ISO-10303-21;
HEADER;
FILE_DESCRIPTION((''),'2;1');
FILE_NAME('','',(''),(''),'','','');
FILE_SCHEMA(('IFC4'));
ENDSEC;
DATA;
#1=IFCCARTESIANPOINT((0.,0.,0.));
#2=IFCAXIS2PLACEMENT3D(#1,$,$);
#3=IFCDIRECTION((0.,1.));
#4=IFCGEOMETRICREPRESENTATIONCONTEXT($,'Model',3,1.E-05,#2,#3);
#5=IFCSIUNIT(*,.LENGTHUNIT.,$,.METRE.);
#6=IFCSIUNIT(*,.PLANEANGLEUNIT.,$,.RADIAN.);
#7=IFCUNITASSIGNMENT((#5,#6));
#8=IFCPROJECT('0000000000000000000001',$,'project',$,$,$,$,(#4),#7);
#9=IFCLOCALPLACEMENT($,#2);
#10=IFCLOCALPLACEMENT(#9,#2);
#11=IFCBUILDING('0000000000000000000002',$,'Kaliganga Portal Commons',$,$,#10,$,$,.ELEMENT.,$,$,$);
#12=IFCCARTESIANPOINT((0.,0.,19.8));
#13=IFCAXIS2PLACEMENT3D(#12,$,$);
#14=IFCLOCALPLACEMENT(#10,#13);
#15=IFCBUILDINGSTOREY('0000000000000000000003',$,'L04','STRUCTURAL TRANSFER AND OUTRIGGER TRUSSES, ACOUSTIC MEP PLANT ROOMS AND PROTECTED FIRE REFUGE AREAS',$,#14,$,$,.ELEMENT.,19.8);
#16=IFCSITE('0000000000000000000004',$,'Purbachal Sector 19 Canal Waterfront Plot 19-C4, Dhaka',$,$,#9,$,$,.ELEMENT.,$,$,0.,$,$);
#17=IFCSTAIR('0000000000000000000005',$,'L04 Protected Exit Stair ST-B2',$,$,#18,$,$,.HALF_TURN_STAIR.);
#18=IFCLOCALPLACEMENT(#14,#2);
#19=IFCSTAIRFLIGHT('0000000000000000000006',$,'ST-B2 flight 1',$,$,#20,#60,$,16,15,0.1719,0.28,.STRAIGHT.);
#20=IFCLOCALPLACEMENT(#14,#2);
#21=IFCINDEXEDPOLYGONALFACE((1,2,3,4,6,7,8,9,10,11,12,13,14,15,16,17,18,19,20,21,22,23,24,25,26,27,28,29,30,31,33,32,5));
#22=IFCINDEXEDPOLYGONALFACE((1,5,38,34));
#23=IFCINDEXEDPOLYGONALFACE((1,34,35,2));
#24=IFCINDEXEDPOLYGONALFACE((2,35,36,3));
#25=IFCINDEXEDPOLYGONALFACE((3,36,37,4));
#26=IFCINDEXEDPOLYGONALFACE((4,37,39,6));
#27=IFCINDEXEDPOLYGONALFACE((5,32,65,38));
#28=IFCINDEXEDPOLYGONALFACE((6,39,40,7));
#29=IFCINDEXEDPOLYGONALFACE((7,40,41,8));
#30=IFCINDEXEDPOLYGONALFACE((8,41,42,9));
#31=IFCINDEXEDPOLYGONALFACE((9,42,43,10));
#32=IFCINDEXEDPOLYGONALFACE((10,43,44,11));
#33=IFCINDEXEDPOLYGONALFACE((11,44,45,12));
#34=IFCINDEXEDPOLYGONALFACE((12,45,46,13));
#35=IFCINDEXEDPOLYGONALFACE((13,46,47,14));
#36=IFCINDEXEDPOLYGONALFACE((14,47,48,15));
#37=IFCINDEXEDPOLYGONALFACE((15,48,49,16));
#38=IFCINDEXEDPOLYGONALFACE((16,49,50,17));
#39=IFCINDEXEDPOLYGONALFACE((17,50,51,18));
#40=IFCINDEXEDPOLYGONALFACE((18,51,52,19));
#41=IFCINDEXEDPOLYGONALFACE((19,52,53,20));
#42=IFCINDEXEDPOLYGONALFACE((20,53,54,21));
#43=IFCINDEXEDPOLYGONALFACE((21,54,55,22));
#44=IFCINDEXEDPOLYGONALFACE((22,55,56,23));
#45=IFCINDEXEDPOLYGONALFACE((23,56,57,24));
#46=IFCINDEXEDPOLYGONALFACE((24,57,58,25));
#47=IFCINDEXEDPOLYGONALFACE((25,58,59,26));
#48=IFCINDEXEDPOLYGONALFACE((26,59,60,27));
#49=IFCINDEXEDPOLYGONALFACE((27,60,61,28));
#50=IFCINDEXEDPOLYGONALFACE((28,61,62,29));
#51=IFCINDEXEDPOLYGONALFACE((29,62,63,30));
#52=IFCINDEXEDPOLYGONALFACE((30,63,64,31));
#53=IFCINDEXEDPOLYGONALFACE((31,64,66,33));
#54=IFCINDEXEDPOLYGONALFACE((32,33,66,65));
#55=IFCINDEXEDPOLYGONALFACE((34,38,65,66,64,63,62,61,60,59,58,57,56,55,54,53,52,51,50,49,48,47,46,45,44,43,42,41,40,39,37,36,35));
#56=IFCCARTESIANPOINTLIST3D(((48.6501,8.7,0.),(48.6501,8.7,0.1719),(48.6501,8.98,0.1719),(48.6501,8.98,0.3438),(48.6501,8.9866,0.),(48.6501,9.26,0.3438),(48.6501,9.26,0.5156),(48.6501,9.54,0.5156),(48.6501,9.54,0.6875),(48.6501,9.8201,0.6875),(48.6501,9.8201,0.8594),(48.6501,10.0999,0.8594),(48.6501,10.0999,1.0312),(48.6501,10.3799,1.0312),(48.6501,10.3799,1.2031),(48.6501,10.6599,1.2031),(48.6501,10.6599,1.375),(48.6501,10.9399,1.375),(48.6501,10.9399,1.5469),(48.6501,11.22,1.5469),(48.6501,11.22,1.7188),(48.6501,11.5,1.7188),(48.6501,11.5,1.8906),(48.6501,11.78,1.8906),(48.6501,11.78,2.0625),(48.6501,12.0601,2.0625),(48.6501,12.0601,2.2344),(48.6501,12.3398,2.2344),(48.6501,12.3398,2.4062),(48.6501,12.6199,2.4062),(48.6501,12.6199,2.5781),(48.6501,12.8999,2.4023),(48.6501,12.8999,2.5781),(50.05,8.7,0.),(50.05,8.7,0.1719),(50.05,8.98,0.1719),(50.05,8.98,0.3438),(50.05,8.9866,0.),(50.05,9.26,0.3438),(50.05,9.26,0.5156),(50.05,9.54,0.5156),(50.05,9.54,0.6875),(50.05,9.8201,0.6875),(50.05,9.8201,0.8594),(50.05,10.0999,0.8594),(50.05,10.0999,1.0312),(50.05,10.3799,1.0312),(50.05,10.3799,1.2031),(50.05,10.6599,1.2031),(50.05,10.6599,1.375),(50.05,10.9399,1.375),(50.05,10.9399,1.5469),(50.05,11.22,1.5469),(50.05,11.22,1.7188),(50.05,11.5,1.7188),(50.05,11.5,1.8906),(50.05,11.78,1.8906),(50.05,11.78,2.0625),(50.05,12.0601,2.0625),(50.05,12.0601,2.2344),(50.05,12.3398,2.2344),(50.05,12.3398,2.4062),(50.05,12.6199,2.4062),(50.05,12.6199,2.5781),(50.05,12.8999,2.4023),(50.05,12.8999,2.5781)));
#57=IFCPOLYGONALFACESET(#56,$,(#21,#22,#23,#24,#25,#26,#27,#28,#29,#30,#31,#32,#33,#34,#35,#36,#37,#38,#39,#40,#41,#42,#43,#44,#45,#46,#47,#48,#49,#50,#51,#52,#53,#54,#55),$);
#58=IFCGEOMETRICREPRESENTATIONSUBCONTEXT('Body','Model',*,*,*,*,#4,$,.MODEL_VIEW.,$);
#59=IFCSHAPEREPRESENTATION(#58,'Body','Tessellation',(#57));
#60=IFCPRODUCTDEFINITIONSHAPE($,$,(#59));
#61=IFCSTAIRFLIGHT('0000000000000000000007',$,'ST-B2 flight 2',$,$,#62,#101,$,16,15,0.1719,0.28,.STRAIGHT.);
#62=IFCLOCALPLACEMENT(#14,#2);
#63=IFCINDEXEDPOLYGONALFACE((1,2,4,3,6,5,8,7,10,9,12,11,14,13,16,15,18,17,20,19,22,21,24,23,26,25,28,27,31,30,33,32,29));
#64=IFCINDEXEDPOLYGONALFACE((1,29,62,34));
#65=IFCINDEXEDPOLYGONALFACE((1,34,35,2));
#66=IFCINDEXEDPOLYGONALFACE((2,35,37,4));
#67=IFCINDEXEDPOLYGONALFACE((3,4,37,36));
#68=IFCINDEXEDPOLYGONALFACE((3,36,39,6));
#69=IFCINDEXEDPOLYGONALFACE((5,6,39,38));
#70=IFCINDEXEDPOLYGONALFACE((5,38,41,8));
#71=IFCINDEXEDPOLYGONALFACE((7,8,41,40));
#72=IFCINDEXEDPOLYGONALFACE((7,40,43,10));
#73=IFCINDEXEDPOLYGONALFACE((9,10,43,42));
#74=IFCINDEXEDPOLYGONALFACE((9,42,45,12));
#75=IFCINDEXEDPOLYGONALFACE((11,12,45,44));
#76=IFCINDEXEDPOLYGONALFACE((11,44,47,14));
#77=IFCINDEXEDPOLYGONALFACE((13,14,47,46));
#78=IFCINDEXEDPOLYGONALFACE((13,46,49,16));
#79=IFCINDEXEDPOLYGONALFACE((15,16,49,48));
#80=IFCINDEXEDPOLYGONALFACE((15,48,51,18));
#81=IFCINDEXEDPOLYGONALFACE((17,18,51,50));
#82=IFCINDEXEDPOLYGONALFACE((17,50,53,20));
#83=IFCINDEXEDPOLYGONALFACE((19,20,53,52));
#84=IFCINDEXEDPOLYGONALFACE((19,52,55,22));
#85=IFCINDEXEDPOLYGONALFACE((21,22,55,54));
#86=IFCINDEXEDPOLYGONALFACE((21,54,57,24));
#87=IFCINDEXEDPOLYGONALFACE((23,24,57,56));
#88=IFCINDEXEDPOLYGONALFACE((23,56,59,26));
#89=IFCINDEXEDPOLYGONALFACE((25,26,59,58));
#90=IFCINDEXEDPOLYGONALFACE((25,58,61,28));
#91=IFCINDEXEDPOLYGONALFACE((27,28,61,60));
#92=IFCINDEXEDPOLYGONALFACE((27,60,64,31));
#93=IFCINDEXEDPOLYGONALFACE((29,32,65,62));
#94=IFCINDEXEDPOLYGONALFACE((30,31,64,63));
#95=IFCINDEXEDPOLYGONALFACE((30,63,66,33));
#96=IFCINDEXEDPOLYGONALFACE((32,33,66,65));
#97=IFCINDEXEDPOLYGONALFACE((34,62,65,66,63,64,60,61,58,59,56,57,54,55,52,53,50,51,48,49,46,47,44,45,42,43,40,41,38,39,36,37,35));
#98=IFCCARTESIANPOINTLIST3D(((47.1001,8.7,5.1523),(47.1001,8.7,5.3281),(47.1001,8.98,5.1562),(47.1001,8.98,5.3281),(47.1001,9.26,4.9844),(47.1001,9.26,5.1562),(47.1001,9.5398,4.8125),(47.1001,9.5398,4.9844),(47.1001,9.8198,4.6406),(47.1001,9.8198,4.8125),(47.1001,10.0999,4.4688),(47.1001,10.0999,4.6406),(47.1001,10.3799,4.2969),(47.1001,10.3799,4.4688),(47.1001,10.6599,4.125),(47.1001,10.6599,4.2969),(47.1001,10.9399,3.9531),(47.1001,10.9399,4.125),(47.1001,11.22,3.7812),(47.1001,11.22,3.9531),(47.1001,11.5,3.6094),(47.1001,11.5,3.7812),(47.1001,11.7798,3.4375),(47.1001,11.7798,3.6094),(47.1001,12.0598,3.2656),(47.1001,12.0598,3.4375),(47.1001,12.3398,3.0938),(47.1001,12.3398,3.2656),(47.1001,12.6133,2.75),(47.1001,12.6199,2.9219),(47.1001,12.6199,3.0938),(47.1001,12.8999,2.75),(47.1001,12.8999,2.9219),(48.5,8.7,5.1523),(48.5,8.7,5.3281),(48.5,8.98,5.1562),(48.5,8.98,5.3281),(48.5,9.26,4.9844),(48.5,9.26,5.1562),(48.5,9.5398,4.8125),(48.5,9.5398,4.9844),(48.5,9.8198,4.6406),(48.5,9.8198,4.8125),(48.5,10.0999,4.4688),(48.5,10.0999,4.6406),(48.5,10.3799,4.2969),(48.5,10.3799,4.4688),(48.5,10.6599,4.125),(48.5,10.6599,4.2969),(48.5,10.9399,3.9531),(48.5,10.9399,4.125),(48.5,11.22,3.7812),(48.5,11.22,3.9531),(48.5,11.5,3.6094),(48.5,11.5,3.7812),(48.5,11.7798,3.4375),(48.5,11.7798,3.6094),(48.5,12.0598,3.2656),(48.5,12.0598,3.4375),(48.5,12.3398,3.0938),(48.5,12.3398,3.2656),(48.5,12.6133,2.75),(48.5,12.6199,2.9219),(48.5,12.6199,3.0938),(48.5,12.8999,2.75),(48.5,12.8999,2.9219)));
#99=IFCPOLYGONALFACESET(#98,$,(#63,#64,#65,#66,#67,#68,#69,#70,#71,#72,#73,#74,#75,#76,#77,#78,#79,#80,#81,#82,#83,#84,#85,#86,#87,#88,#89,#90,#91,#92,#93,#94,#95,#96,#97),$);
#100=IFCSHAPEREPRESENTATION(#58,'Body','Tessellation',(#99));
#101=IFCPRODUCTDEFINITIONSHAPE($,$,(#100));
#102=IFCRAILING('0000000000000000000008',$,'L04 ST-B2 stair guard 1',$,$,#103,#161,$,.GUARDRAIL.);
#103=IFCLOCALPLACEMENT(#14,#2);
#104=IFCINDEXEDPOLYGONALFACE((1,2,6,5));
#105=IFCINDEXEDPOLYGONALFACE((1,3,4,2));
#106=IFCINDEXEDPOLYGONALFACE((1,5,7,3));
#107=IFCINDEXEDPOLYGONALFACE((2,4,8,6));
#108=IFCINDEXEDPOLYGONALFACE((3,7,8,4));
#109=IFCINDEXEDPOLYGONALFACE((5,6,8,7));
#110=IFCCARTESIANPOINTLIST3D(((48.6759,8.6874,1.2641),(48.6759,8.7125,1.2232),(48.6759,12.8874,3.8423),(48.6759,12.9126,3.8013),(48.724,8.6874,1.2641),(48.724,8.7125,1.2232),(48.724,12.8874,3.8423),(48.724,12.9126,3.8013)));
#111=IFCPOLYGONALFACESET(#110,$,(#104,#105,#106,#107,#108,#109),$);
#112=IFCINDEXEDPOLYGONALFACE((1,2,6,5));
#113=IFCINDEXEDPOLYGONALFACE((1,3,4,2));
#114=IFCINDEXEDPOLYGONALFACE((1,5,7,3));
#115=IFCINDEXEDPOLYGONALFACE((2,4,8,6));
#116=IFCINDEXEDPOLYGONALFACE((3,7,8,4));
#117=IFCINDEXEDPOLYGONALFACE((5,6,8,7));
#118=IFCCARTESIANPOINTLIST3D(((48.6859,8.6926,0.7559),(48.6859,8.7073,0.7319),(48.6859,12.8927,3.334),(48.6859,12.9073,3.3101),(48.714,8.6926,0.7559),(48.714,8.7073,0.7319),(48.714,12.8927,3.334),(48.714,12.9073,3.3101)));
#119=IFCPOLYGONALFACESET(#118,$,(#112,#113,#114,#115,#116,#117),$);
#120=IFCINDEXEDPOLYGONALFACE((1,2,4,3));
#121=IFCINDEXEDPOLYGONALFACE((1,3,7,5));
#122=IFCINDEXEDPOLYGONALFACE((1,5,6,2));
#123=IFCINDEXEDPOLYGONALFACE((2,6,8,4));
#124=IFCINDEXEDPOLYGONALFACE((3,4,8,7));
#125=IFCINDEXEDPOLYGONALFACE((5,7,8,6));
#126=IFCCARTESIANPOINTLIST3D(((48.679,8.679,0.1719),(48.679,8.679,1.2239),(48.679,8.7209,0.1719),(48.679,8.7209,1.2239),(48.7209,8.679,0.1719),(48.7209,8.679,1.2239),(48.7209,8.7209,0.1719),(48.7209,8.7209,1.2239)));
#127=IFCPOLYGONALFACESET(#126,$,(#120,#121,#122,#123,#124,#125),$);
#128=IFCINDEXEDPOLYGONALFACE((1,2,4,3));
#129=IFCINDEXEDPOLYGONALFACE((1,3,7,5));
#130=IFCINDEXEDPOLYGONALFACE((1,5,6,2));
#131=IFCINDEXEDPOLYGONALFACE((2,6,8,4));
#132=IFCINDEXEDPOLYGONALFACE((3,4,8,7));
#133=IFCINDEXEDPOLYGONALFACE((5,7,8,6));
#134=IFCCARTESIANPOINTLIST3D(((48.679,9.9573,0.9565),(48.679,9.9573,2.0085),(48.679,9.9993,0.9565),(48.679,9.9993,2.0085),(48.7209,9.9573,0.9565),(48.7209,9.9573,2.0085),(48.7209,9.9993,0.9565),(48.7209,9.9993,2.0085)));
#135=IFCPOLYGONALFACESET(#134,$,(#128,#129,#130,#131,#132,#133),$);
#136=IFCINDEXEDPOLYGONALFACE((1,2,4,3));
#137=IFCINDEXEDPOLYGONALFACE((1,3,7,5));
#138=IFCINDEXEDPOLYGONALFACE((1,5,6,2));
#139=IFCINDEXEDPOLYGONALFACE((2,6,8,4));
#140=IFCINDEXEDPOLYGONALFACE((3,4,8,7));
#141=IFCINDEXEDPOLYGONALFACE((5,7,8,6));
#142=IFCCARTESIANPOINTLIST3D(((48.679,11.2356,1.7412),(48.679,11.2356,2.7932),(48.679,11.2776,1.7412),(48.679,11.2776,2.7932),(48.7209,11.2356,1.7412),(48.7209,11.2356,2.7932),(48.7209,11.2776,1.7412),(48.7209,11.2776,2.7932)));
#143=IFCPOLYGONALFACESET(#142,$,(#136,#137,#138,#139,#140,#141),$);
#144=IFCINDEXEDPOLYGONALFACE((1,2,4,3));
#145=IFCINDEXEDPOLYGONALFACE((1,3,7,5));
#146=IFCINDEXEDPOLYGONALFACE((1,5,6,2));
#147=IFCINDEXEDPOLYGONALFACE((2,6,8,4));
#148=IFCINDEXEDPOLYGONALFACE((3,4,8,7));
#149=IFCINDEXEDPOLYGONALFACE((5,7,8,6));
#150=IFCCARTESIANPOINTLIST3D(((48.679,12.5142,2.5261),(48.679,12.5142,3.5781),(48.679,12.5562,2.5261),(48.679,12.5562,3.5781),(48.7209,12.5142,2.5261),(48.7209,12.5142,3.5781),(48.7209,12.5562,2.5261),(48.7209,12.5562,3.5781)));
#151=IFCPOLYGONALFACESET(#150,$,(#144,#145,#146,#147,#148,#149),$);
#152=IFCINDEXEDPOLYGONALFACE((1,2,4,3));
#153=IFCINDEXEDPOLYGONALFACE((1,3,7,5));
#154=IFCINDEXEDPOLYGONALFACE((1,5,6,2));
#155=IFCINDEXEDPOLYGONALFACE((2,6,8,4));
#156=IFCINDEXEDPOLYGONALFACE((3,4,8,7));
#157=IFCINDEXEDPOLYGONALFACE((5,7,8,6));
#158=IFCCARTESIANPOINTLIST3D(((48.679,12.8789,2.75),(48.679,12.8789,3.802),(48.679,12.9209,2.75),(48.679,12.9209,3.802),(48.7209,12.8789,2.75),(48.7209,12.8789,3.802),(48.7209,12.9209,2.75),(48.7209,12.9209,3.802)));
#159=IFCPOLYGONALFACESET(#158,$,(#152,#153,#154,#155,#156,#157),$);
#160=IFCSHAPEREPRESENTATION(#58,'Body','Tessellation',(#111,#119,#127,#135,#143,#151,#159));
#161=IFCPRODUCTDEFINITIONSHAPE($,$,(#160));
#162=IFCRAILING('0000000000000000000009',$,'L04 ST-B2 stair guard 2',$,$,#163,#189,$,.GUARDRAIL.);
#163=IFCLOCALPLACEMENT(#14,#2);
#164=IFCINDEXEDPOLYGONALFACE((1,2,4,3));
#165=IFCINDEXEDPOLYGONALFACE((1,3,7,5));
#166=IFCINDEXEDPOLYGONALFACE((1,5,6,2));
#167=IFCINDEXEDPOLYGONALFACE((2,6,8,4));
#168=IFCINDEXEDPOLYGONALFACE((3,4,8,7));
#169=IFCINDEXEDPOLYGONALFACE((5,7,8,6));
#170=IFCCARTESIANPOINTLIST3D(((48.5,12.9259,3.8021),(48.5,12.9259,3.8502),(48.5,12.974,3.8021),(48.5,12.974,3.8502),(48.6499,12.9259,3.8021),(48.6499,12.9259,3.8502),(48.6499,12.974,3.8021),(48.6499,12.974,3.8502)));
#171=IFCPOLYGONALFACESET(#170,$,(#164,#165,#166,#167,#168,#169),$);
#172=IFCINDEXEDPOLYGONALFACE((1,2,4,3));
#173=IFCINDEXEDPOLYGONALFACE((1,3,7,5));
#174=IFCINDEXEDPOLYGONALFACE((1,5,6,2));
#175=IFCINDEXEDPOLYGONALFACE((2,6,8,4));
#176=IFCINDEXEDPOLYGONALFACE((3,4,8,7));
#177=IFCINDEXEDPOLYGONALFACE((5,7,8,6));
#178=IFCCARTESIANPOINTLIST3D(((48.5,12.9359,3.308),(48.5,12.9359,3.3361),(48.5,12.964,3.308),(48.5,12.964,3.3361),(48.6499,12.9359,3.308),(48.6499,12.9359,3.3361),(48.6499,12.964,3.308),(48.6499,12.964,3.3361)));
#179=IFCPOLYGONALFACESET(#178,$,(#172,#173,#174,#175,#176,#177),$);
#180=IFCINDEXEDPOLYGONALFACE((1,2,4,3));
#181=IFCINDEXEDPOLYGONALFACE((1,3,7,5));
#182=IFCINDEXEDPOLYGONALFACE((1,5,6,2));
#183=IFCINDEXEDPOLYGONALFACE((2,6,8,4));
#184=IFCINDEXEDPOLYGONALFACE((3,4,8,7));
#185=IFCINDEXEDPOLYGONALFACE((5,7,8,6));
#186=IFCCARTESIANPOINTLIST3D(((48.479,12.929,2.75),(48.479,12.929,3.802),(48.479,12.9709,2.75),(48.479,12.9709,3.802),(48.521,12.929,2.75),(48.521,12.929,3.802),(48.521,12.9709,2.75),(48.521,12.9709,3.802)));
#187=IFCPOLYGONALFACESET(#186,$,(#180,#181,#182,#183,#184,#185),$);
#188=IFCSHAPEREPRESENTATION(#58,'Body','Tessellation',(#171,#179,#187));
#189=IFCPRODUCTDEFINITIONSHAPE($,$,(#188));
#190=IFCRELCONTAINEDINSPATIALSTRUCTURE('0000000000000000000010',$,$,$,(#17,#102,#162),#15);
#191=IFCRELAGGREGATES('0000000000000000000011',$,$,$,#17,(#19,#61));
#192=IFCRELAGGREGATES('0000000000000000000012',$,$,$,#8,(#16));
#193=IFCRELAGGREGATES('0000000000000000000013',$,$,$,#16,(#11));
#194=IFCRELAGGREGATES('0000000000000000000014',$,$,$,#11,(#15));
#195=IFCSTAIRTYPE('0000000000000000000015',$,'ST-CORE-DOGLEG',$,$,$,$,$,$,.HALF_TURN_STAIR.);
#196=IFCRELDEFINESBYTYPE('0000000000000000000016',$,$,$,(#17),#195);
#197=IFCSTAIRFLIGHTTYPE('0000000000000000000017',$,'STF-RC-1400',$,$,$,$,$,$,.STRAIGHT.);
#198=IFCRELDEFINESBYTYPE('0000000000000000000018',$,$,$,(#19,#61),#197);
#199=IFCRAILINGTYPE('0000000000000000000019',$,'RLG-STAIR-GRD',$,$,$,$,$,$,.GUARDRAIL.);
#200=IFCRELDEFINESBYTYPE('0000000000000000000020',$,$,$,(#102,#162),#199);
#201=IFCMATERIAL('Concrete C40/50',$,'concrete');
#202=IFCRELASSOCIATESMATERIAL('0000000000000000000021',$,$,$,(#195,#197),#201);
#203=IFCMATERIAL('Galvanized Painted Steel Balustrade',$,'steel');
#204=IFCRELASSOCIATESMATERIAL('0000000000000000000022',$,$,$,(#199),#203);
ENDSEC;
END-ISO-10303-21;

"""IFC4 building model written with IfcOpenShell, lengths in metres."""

from ifc_helpers import new_model, si_unit, direction, frame, origin, origin_2d, place, context, subcontext, project, spatial, polyline, rectangle, outline, extrude, material, type_object, element, aggregate, save


model = new_model("IFC4")

# Units and contexts
model_context = context("Model", 3, precision=1e-05, world=origin(), true_north=direction((0.0, 1.0)))
body_context = subcontext(model_context, "Body", "Model", "MODEL_VIEW")
ifc_project = project(units=[si_unit("LENGTHUNIT", "METRE"), si_unit("PLANEANGLEUNIT", "RADIAN")], contexts=[model_context])

# Site, building, storey
site_placement = place(None, origin())
site = spatial("IfcSite", under=ifc_project, at=site_placement, Name="Purbachal Sector 19 Canal Waterfront Plot 19-C4, Dhaka", CompositionType="ELEMENT", RefElevation=0.0)
building_placement = place(site_placement, origin())
building = spatial("IfcBuilding", under=site, at=building_placement, Name="Kaliganga Portal Commons", CompositionType="ELEMENT")
storey_placement = place(building_placement, frame((0.0, 0.0, 19.8)))
storey = spatial("IfcBuildingStorey", under=building, at=storey_placement, Name="L04", Description="STRUCTURAL TRANSFER AND OUTRIGGER TRUSSES, ACOUSTIC MEP PLANT ROOMS AND PROTECTED FIRE REFUGE AREAS", CompositionType="ELEMENT", Elevation=19.8)

# Stair, stair flights
ifc_material_1 = material(Name="Concrete C40/50", Category="concrete")
stair_type = type_object("IfcStairType", Name="ST-CORE-DOGLEG", PredefinedType="HALF_TURN_STAIR", material=ifc_material_1)
stair_placement = place(storey_placement, origin())
stair = element("IfcStair", 1, at=stair_placement, inside=storey, type_object=stair_type, Name="L04 Protected Exit Stair ST-B2", PredefinedType="HALF_TURN_STAIR")
stair_flight_type = type_object("IfcStairFlightType", Name="STF-RC-1400", PredefinedType="STRAIGHT", material=ifc_material_1)
stair_flight_1_placement = place(storey_placement, frame((49.3501, 8.7, 0.0), z_axis=(0.0, 0.0, 1.0), x_axis=(0.0, 1.0, 0.0)))
stair_flight_1 = element("IfcStairFlight", 2, at=stair_flight_1_placement, type_object=stair_flight_type, Name="ST-B2 flight 1", NumberOfRisers=16, NumberOfTreads=15, PredefinedType="STRAIGHT", RiserHeight=0.1719, TreadLength=0.28, context=body_context, shape_type="SweptSolid", body=[
    extrude(outline(polyline([(0.0, 0.0), (0.0, 0.1719), (0.28, 0.1719), (0.28, 0.3438), (0.5601, 0.3438), (0.5601, 0.5156), (0.8401, 0.5156), (0.8401, 0.6875), (1.1201, 0.6875), (1.1201, 0.8594), (1.3999, 0.8594), (1.3999, 1.0312), (1.6799, 1.0312), (1.6799, 1.2031), (1.96, 1.2031), (1.96, 1.375), (2.24, 1.375), (2.24, 1.5469), (2.52, 1.5469), (2.52, 1.7188), (2.8, 1.7188), (2.8, 1.8906), (3.0801, 1.8906), (3.0801, 2.0625), (3.3601, 2.0625), (3.3601, 2.2344), (3.6399, 2.2344), (3.6399, 2.4062), (3.9199, 2.4062), (3.9199, 2.5781), (4.2, 2.5781), (4.2, 2.75), (4.2, 2.4023), (0.2866, 0.0), (0.0, 0.0)])), frame((0.0, 0.7, 0.0), z_axis=(0.0, -1.0, 0.0), x_axis=(1.0, 0.0, 0.0)), (0.0, 0.0, 1.0), 1.3999),
])
stair_flight_2_placement = place(storey_placement, frame((47.8, 12.8999, 2.75), z_axis=(0.0, 0.0, 1.0), x_axis=(0.0, -1.0, 0.0)))
stair_flight_2 = element("IfcStairFlight", 3, at=stair_flight_2_placement, type_object=stair_flight_type, Name="ST-B2 flight 2", NumberOfRisers=16, NumberOfTreads=15, PredefinedType="STRAIGHT", RiserHeight=0.1719, TreadLength=0.28, context=body_context, shape_type="SweptSolid", body=[
    extrude(outline(polyline([(0.0, 0.0), (0.0, 0.1719), (0.28, 0.1719), (0.28, 0.3438), (0.5601, 0.3438), (0.5601, 0.5156), (0.8401, 0.5156), (0.8401, 0.6875), (1.1201, 0.6875), (1.1201, 0.8594), (1.3999, 0.8594), (1.3999, 1.0312), (1.6799, 1.0312), (1.6799, 1.2031), (1.96, 1.2031), (1.96, 1.375), (2.24, 1.375), (2.24, 1.5469), (2.52, 1.5469), (2.52, 1.7188), (2.8, 1.7188), (2.8, 1.8906), (3.0801, 1.8906), (3.0801, 2.0625), (3.3601, 2.0625), (3.3601, 2.2344), (3.6399, 2.2344), (3.6399, 2.4062), (3.9199, 2.4062), (3.9199, 2.5781), (4.2, 2.5781), (4.2, 2.75), (4.2, 2.4023), (0.2866, 0.0), (0.0, 0.0)])), frame((0.0, 0.7, 0.0), z_axis=(0.0, -1.0, 0.0), x_axis=(1.0, 0.0, 0.0)), (0.0, 0.0, 1.0), 1.3999),
])
aggregate(stair, [stair_flight_1, stair_flight_2])

# Railings
ifc_material_2 = material(Name="Galvanized Painted Steel Balustrade", Category="steel")
railing_type_1 = type_object("IfcRailingType", Name="RLG-STAIR-GRD", PredefinedType="GUARDRAIL", material=ifc_material_2)
railing_1_placement = place(storey_placement, frame((48.7, 8.7, 0.1719)))
element("IfcRailing", 4, at=railing_1_placement, inside=storey, type_object=railing_type_1, Name="L04 ST-B2 stair guard 1", PredefinedType="GUARDRAIL", context=body_context, shape_type="SweptSolid", body=[
    extrude(rectangle(XDim=0.0481, YDim=0.0481, at=origin_2d()), frame((0.0, 0.0, 1.0718), z_axis=(0.0, 0.852243, 0.523146), x_axis=(-1.0, 0.0, 0.0)), (0.0, 0.0, 1.0), 4.9282),
    extrude(rectangle(XDim=0.0281, YDim=0.0281, at=origin_2d()), frame((0.0, 0.0, 0.572), z_axis=(0.0, 0.852243, 0.523146), x_axis=(-1.0, 0.0, 0.0)), (0.0, 0.0, 1.0), 4.9282),
    extrude(rectangle(XDim=0.042, YDim=0.042, at=origin_2d()), origin(), (0.0, 0.0, 1.0), 1.052),
    extrude(rectangle(XDim=0.042, YDim=0.042, at=origin_2d()), frame((0.0, 1.2783, 0.7847)), (0.0, 0.0, 1.0), 1.052),
    extrude(rectangle(XDim=0.042, YDim=0.042, at=origin_2d()), frame((0.0, 2.5566, 1.5693)), (0.0, 0.0, 1.0), 1.052),
    extrude(rectangle(XDim=0.042, YDim=0.042, at=origin_2d()), frame((0.0, 3.8352, 2.3542)), (0.0, 0.0, 1.0), 1.052),
    extrude(rectangle(XDim=0.042, YDim=0.042, at=origin_2d()), frame((0.0, 4.2, 2.5781)), (0.0, 0.0, 1.0), 1.052),
])
railing_2_placement = place(storey_placement, frame((48.6499, 12.95, 2.75)))
element("IfcRailing", 5, at=railing_2_placement, inside=storey, type_object=railing_type_1, Name="L04 ST-B2 stair guard 2", PredefinedType="GUARDRAIL", context=body_context, shape_type="SweptSolid", body=[
    extrude(rectangle(XDim=0.0481, YDim=0.0481, at=origin_2d()), frame((0.0, 0.0, 1.0762), z_axis=(-1.0, 0.0, 0.0), x_axis=(0.0, -1.0, 0.0)), (0.0, 0.0, 1.0), 0.1499),
    extrude(rectangle(XDim=0.0281, YDim=0.0281, at=origin_2d()), frame((0.0, 0.0, 0.572), z_axis=(-1.0, 0.0, 0.0), x_axis=(0.0, -1.0, 0.0)), (0.0, 0.0, 1.0), 0.1499),
    extrude(rectangle(XDim=0.042, YDim=0.042, at=origin_2d()), frame((-0.1499, 0.0, 0.0)), (0.0, 0.0, 1.0), 1.052),
])

save(model, "model.ifc")
